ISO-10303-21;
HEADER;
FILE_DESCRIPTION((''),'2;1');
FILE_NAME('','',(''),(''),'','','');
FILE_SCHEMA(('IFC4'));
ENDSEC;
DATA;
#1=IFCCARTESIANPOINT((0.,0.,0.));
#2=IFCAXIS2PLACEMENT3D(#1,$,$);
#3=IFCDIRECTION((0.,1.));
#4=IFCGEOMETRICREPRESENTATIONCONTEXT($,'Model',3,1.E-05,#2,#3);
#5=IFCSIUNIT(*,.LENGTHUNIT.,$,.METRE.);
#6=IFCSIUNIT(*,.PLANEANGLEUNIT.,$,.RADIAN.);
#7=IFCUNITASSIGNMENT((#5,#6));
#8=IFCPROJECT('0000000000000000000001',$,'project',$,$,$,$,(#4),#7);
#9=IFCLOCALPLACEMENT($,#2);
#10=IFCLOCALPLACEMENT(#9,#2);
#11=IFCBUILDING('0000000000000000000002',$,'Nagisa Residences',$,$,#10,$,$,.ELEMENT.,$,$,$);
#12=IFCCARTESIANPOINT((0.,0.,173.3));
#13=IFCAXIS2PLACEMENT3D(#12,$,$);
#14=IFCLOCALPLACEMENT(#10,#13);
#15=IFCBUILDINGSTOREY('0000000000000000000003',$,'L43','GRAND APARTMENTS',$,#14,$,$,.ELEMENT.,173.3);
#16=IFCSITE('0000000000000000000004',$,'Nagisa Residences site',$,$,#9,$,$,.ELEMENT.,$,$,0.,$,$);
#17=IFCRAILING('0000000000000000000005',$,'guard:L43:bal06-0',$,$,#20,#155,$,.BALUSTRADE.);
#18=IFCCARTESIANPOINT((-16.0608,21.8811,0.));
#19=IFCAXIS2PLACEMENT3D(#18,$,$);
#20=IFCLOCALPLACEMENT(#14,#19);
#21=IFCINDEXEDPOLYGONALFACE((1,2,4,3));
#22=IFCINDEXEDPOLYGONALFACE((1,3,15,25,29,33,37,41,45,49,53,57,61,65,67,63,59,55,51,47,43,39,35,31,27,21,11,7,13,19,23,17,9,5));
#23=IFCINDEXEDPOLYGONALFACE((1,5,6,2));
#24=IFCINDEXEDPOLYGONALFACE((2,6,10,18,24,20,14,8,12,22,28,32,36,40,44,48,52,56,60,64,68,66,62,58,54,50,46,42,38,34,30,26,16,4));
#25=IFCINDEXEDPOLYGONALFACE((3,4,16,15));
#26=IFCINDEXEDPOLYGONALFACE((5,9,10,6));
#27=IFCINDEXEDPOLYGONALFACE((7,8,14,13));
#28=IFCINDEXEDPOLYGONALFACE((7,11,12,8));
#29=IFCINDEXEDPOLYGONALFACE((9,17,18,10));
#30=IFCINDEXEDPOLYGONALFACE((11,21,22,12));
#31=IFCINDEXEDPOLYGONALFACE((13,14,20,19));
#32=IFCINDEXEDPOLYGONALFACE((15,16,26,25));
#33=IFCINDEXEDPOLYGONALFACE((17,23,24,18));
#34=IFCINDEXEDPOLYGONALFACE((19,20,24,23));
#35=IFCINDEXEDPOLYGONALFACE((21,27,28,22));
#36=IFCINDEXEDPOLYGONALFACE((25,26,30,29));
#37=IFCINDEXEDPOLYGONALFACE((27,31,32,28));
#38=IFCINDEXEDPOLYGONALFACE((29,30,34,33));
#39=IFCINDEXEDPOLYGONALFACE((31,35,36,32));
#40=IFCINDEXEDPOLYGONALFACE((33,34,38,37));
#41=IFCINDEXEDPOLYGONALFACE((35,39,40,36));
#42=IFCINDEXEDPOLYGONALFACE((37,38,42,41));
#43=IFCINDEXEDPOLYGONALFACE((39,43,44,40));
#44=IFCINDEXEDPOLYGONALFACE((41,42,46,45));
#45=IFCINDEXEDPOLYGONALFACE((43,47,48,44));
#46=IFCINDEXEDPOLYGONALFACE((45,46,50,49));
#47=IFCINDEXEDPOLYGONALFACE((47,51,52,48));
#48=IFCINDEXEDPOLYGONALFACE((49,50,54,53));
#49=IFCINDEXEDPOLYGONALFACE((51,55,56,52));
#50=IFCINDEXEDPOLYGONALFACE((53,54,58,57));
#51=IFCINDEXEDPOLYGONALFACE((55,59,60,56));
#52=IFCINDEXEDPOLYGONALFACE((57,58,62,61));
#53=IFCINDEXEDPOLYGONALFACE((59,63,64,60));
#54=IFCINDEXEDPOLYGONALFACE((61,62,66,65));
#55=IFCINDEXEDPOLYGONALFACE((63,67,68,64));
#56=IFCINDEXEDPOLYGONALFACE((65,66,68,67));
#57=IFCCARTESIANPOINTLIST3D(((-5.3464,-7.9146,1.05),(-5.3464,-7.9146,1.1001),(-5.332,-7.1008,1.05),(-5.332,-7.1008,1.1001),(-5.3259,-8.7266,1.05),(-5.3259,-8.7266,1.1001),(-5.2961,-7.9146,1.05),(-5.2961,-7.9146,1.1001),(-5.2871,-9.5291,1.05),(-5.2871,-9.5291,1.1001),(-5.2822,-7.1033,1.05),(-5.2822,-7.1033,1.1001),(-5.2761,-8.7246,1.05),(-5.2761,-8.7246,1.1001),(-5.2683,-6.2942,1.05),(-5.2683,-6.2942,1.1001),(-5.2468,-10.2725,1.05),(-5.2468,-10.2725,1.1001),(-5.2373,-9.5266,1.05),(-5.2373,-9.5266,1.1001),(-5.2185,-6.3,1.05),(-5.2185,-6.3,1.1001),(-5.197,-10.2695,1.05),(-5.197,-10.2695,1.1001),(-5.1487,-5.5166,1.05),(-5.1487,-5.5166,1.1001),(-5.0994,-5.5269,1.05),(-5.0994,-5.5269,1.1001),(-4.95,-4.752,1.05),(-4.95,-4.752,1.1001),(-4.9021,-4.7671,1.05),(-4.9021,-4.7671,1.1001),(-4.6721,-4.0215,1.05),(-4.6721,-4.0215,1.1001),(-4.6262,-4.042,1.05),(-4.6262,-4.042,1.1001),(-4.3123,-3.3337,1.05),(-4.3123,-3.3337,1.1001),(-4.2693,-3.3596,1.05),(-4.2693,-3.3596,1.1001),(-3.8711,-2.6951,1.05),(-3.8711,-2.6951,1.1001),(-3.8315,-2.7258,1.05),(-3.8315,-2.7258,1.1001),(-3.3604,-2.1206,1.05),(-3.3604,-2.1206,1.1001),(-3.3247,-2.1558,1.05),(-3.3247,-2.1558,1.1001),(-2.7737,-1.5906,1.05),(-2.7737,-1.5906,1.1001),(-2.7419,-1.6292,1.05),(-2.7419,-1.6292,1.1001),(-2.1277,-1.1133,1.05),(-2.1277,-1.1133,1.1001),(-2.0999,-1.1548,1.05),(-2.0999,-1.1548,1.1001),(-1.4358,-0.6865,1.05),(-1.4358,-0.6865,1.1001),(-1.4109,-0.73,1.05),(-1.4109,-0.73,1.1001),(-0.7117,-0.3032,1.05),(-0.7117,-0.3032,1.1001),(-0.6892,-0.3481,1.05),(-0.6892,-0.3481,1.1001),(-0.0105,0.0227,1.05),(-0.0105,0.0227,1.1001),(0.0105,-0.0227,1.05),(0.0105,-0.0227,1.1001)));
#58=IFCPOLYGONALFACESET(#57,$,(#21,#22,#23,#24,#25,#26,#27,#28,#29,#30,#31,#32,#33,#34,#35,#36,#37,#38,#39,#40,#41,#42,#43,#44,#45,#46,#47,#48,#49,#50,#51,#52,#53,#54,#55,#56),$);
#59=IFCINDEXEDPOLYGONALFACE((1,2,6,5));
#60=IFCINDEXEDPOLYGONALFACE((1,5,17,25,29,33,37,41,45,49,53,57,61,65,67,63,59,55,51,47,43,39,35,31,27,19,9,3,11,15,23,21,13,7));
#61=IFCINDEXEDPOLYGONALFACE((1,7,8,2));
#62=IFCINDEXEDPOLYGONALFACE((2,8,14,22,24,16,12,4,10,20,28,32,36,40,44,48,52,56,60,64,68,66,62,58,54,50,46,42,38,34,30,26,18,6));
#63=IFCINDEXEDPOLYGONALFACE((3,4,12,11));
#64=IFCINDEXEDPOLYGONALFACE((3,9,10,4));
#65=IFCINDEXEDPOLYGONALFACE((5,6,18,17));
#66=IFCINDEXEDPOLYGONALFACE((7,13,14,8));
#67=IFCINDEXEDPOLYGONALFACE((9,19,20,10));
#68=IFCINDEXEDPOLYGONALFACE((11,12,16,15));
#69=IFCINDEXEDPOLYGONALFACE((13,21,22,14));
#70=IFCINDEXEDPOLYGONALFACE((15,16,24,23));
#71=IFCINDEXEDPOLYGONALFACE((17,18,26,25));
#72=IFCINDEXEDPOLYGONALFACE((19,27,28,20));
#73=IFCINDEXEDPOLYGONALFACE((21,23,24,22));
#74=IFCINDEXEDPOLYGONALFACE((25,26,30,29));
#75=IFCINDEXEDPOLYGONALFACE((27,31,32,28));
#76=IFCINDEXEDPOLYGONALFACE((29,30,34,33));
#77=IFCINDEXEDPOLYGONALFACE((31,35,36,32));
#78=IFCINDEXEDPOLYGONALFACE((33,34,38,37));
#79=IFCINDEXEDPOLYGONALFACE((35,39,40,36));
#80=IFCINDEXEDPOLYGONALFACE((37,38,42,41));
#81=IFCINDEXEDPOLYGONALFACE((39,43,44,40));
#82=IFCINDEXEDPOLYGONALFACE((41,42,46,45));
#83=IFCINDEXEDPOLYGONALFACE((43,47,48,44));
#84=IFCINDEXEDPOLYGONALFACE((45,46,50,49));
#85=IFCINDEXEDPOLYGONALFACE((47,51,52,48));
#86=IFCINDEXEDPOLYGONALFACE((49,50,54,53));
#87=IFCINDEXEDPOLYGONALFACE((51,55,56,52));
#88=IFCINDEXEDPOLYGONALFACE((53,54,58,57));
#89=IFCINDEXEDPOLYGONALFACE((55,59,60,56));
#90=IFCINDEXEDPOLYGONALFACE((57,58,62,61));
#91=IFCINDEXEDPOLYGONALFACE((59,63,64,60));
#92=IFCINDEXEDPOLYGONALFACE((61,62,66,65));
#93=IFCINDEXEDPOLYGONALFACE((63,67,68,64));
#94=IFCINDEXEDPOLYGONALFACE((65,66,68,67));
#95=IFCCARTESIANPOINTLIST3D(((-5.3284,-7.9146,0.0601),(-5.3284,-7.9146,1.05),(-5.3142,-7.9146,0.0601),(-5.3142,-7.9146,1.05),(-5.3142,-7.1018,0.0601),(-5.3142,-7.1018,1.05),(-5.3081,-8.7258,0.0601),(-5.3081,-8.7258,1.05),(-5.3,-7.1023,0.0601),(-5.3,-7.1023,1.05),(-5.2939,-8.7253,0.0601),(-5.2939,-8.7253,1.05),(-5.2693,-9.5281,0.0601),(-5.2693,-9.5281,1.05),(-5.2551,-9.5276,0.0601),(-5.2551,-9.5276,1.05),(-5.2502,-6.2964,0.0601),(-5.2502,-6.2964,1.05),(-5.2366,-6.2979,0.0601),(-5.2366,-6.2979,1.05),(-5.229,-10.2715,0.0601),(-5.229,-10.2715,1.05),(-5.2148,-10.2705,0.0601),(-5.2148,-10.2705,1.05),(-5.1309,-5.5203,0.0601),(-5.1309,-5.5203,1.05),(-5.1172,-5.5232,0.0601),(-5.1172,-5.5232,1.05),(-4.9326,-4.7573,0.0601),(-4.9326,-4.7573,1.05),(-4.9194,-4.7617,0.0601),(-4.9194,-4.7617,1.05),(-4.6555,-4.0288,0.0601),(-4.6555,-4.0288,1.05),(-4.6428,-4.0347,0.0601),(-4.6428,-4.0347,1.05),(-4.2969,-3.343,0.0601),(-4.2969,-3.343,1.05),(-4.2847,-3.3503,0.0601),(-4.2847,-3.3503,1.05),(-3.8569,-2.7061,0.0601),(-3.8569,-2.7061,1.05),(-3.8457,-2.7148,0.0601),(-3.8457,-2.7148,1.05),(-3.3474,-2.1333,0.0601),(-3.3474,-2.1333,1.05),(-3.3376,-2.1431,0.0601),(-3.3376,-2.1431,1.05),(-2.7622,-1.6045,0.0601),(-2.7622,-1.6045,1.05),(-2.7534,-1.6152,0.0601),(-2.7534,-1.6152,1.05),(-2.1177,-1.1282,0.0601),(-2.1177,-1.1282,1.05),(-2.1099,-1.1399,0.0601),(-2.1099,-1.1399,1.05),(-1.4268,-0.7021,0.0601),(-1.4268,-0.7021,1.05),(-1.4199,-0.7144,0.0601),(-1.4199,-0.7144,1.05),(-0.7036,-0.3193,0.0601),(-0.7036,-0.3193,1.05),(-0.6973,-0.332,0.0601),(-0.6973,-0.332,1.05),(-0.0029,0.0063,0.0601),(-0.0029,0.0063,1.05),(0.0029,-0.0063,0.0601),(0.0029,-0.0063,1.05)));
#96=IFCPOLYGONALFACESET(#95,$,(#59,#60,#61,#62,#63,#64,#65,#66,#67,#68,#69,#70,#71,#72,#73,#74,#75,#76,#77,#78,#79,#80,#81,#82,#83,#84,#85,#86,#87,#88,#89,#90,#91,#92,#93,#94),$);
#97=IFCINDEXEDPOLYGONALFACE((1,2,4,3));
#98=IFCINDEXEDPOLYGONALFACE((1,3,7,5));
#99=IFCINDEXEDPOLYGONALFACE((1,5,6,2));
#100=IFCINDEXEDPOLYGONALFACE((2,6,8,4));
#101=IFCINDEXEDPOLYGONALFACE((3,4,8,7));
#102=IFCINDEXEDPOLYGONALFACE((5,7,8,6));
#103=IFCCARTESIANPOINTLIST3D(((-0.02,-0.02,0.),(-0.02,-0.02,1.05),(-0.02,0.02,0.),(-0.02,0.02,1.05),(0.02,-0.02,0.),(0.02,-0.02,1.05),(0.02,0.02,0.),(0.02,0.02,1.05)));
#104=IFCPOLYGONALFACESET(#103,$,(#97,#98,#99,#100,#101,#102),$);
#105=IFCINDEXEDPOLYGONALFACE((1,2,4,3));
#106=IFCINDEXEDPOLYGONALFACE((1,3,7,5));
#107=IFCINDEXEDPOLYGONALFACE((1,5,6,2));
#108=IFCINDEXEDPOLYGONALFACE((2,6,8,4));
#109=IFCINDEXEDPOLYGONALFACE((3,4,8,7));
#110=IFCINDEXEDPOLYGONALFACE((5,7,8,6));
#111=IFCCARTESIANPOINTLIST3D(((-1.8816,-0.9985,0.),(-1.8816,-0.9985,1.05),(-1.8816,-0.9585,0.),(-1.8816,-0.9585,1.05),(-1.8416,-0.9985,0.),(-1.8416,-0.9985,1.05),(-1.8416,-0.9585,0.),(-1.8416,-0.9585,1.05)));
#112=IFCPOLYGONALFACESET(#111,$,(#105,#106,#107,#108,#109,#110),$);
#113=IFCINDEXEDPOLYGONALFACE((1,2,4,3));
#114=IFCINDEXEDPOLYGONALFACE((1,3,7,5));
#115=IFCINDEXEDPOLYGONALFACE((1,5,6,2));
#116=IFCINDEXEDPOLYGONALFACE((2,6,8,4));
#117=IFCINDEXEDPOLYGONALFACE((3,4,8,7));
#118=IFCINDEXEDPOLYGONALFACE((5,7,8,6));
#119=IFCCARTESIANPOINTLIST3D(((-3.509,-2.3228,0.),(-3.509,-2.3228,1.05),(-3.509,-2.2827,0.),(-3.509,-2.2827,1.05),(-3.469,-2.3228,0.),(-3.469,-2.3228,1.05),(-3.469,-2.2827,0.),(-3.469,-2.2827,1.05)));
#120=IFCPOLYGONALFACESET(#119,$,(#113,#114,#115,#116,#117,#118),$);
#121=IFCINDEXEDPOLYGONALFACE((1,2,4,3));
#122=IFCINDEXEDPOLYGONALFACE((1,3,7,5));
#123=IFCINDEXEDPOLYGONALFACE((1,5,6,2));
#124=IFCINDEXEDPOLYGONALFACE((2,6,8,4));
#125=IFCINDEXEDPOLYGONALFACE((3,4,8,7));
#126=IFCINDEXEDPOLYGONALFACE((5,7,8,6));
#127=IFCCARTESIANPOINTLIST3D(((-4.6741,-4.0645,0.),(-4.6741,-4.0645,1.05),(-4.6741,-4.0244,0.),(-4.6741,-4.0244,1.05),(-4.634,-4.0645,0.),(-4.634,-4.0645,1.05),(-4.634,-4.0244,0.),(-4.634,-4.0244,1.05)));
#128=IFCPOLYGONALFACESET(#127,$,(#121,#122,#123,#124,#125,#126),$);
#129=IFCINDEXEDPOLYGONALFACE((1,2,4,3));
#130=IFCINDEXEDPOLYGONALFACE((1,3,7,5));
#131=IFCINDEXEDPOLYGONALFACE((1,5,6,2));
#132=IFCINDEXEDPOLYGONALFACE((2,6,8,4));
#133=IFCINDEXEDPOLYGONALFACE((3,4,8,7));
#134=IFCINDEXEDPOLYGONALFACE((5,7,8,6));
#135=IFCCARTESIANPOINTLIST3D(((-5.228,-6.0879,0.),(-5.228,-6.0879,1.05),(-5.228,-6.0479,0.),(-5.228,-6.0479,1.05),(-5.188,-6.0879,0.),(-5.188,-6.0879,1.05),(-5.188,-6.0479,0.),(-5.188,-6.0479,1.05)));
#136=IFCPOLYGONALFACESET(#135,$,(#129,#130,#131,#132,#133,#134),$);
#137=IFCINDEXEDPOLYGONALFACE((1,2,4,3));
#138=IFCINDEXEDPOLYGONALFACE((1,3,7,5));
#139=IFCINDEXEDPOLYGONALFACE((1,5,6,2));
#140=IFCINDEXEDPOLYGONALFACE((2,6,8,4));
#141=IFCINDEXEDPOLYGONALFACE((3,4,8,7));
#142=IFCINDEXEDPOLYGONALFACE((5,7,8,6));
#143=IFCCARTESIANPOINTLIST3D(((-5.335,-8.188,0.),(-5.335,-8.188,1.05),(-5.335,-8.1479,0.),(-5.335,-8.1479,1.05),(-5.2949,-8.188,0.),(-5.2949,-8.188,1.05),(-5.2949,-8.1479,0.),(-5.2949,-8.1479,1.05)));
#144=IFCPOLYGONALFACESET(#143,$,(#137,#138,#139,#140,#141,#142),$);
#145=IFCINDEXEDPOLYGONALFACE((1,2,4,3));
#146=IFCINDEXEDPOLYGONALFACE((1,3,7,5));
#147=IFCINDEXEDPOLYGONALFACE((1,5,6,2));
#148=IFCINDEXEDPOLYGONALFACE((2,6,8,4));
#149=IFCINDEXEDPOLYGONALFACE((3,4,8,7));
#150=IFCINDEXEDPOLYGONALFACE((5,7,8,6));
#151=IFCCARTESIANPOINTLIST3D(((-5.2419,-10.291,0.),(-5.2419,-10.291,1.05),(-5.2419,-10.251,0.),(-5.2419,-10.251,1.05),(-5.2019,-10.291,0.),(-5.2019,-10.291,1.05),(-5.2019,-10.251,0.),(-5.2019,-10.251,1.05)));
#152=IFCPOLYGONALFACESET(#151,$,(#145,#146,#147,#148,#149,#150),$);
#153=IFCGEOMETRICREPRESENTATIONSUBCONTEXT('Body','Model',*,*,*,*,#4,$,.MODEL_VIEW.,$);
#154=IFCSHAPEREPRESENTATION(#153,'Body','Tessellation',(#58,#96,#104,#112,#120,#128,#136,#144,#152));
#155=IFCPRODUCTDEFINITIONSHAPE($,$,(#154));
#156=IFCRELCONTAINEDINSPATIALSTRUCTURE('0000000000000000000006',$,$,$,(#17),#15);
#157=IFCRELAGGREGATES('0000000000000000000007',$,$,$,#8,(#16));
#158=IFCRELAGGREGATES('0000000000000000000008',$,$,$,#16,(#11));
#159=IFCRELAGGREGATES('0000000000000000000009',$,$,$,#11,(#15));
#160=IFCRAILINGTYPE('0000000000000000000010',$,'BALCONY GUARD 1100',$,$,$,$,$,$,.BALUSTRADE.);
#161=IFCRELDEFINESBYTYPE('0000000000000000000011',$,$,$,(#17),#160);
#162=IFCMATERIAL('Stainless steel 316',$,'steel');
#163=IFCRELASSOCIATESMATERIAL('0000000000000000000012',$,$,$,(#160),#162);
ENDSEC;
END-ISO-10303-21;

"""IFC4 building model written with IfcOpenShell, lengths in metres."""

from ifc_helpers import new_model, si_unit, direction, frame, origin, origin_2d, place, context, subcontext, project, spatial, polyline, rectangle, outline, extrude, material, type_object, element, save


model = new_model("IFC4")

# Units and contexts
model_context = context("Model", 3, precision=1e-05, world=origin(), true_north=direction((0.0, 1.0)))
body_context = subcontext(model_context, "Body", "Model", "MODEL_VIEW")
ifc_project = project(units=[si_unit("LENGTHUNIT", "METRE"), si_unit("PLANEANGLEUNIT", "RADIAN")], contexts=[model_context])

# Site, building, storey
site_placement = place(None, origin())
site = spatial("IfcSite", under=ifc_project, at=site_placement, Name="Nagisa Residences site", CompositionType="ELEMENT", RefElevation=0.0)
building_placement = place(site_placement, origin())
building = spatial("IfcBuilding", under=site, at=building_placement, Name="Nagisa Residences", CompositionType="ELEMENT")
storey_placement = place(building_placement, frame((0.0, 0.0, 173.3)))
storey = spatial("IfcBuildingStorey", under=building, at=storey_placement, Name="L43", Description="GRAND APARTMENTS", CompositionType="ELEMENT", Elevation=173.3)

# Railing
ifc_material_1 = material(Name="Stainless steel 316", Category="steel")
railing_type = type_object("IfcRailingType", Name="BALCONY GUARD 1100", PredefinedType="BALUSTRADE", material=ifc_material_1)
railing_placement = place(storey_placement, frame((-16.0608, 21.8811, 0.0)))
element("IfcRailing", 1, at=railing_placement, inside=storey, type_object=railing_type, Name="guard:L43:bal06-0", PredefinedType="BALUSTRADE", context=body_context, shape_type="SweptSolid", body=[
    extrude(outline(polyline([(-0.6892, -0.3481), (0.0105, -0.0227), (-0.0105, 0.0227), (-0.7117, -0.3032), (-1.4358, -0.6865), (-2.1277, -1.1133), (-2.7737, -1.5906), (-3.3604, -2.1206), (-3.8711, -2.6951), (-4.3123, -3.3337), (-4.6721, -4.0215), (-4.95, -4.752), (-5.1487, -5.5166), (-5.2683, -6.2942), (-5.332, -7.1008), (-5.3464, -7.9146), (-5.3259, -8.7266), (-5.2871, -9.5291), (-5.2468, -10.2725), (-5.197, -10.2695), (-5.2373, -9.5266), (-5.2761, -8.7246), (-5.2961, -7.9146), (-5.2822, -7.1033), (-5.2185, -6.3), (-5.0994, -5.5269), (-4.9021, -4.7671), (-4.6262, -4.042), (-4.2693, -3.3596), (-3.8315, -2.7258), (-3.3247, -2.1558), (-2.7419, -1.6292), (-2.0999, -1.1548), (-1.4109, -0.73), (-0.6892, -0.3481)])), frame((0.0, 0.0, 1.05)), (0.0, 0.0, 1.0), 0.05),
    extrude(outline(polyline([(-0.6973, -0.332), (0.0029, -0.0063), (-0.0029, 0.0063), (-0.7036, -0.3193), (-1.4268, -0.7021), (-2.1177, -1.1282), (-2.7622, -1.6045), (-3.3474, -2.1333), (-3.8569, -2.7061), (-4.2969, -3.343), (-4.6555, -4.0288), (-4.9326, -4.7573), (-5.1309, -5.5203), (-5.2502, -6.2964), (-5.3142, -7.1018), (-5.3284, -7.9146), (-5.3081, -8.7258), (-5.2693, -9.5281), (-5.229, -10.2715), (-5.2148, -10.2705), (-5.2551, -9.5276), (-5.2939, -8.7253), (-5.3142, -7.9146), (-5.3, -7.1023), (-5.2366, -6.2979), (-5.1172, -5.5232), (-4.9194, -4.7617), (-4.6428, -4.0347), (-4.2847, -3.3503), (-3.8457, -2.7148), (-3.3376, -2.1431), (-2.7534, -1.6152), (-2.1099, -1.1399), (-1.4199, -0.7144), (-0.6973, -0.332)])), frame((0.0, 0.0, 0.0601)), (0.0, 0.0, 1.0), 0.99),
    extrude(rectangle(XDim=0.04, YDim=0.04, at=origin_2d()), origin(), (0.0, 0.0, 1.0), 1.05),
    extrude(rectangle(XDim=0.04, YDim=0.04, at=origin_2d()), frame((-1.8616, -0.9785, 0.0)), (0.0, 0.0, 1.0), 1.05),
    extrude(rectangle(XDim=0.04, YDim=0.04, at=origin_2d()), frame((-3.489, -2.3027, 0.0)), (0.0, 0.0, 1.0), 1.05),
    extrude(rectangle(XDim=0.04, YDim=0.04, at=origin_2d()), frame((-4.6541, -4.0444, 0.0)), (0.0, 0.0, 1.0), 1.05),
    extrude(rectangle(XDim=0.04, YDim=0.04, at=origin_2d()), frame((-5.208, -6.0679, 0.0)), (0.0, 0.0, 1.0), 1.05),
    extrude(rectangle(XDim=0.04, YDim=0.04, at=origin_2d()), frame((-5.3149, -8.168, 0.0)), (0.0, 0.0, 1.0), 1.05),
    extrude(rectangle(XDim=0.04, YDim=0.04, at=origin_2d()), frame((-5.2219, -10.271, 0.0)), (0.0, 0.0, 1.0), 1.05),
])

save(model, "model.ifc")
